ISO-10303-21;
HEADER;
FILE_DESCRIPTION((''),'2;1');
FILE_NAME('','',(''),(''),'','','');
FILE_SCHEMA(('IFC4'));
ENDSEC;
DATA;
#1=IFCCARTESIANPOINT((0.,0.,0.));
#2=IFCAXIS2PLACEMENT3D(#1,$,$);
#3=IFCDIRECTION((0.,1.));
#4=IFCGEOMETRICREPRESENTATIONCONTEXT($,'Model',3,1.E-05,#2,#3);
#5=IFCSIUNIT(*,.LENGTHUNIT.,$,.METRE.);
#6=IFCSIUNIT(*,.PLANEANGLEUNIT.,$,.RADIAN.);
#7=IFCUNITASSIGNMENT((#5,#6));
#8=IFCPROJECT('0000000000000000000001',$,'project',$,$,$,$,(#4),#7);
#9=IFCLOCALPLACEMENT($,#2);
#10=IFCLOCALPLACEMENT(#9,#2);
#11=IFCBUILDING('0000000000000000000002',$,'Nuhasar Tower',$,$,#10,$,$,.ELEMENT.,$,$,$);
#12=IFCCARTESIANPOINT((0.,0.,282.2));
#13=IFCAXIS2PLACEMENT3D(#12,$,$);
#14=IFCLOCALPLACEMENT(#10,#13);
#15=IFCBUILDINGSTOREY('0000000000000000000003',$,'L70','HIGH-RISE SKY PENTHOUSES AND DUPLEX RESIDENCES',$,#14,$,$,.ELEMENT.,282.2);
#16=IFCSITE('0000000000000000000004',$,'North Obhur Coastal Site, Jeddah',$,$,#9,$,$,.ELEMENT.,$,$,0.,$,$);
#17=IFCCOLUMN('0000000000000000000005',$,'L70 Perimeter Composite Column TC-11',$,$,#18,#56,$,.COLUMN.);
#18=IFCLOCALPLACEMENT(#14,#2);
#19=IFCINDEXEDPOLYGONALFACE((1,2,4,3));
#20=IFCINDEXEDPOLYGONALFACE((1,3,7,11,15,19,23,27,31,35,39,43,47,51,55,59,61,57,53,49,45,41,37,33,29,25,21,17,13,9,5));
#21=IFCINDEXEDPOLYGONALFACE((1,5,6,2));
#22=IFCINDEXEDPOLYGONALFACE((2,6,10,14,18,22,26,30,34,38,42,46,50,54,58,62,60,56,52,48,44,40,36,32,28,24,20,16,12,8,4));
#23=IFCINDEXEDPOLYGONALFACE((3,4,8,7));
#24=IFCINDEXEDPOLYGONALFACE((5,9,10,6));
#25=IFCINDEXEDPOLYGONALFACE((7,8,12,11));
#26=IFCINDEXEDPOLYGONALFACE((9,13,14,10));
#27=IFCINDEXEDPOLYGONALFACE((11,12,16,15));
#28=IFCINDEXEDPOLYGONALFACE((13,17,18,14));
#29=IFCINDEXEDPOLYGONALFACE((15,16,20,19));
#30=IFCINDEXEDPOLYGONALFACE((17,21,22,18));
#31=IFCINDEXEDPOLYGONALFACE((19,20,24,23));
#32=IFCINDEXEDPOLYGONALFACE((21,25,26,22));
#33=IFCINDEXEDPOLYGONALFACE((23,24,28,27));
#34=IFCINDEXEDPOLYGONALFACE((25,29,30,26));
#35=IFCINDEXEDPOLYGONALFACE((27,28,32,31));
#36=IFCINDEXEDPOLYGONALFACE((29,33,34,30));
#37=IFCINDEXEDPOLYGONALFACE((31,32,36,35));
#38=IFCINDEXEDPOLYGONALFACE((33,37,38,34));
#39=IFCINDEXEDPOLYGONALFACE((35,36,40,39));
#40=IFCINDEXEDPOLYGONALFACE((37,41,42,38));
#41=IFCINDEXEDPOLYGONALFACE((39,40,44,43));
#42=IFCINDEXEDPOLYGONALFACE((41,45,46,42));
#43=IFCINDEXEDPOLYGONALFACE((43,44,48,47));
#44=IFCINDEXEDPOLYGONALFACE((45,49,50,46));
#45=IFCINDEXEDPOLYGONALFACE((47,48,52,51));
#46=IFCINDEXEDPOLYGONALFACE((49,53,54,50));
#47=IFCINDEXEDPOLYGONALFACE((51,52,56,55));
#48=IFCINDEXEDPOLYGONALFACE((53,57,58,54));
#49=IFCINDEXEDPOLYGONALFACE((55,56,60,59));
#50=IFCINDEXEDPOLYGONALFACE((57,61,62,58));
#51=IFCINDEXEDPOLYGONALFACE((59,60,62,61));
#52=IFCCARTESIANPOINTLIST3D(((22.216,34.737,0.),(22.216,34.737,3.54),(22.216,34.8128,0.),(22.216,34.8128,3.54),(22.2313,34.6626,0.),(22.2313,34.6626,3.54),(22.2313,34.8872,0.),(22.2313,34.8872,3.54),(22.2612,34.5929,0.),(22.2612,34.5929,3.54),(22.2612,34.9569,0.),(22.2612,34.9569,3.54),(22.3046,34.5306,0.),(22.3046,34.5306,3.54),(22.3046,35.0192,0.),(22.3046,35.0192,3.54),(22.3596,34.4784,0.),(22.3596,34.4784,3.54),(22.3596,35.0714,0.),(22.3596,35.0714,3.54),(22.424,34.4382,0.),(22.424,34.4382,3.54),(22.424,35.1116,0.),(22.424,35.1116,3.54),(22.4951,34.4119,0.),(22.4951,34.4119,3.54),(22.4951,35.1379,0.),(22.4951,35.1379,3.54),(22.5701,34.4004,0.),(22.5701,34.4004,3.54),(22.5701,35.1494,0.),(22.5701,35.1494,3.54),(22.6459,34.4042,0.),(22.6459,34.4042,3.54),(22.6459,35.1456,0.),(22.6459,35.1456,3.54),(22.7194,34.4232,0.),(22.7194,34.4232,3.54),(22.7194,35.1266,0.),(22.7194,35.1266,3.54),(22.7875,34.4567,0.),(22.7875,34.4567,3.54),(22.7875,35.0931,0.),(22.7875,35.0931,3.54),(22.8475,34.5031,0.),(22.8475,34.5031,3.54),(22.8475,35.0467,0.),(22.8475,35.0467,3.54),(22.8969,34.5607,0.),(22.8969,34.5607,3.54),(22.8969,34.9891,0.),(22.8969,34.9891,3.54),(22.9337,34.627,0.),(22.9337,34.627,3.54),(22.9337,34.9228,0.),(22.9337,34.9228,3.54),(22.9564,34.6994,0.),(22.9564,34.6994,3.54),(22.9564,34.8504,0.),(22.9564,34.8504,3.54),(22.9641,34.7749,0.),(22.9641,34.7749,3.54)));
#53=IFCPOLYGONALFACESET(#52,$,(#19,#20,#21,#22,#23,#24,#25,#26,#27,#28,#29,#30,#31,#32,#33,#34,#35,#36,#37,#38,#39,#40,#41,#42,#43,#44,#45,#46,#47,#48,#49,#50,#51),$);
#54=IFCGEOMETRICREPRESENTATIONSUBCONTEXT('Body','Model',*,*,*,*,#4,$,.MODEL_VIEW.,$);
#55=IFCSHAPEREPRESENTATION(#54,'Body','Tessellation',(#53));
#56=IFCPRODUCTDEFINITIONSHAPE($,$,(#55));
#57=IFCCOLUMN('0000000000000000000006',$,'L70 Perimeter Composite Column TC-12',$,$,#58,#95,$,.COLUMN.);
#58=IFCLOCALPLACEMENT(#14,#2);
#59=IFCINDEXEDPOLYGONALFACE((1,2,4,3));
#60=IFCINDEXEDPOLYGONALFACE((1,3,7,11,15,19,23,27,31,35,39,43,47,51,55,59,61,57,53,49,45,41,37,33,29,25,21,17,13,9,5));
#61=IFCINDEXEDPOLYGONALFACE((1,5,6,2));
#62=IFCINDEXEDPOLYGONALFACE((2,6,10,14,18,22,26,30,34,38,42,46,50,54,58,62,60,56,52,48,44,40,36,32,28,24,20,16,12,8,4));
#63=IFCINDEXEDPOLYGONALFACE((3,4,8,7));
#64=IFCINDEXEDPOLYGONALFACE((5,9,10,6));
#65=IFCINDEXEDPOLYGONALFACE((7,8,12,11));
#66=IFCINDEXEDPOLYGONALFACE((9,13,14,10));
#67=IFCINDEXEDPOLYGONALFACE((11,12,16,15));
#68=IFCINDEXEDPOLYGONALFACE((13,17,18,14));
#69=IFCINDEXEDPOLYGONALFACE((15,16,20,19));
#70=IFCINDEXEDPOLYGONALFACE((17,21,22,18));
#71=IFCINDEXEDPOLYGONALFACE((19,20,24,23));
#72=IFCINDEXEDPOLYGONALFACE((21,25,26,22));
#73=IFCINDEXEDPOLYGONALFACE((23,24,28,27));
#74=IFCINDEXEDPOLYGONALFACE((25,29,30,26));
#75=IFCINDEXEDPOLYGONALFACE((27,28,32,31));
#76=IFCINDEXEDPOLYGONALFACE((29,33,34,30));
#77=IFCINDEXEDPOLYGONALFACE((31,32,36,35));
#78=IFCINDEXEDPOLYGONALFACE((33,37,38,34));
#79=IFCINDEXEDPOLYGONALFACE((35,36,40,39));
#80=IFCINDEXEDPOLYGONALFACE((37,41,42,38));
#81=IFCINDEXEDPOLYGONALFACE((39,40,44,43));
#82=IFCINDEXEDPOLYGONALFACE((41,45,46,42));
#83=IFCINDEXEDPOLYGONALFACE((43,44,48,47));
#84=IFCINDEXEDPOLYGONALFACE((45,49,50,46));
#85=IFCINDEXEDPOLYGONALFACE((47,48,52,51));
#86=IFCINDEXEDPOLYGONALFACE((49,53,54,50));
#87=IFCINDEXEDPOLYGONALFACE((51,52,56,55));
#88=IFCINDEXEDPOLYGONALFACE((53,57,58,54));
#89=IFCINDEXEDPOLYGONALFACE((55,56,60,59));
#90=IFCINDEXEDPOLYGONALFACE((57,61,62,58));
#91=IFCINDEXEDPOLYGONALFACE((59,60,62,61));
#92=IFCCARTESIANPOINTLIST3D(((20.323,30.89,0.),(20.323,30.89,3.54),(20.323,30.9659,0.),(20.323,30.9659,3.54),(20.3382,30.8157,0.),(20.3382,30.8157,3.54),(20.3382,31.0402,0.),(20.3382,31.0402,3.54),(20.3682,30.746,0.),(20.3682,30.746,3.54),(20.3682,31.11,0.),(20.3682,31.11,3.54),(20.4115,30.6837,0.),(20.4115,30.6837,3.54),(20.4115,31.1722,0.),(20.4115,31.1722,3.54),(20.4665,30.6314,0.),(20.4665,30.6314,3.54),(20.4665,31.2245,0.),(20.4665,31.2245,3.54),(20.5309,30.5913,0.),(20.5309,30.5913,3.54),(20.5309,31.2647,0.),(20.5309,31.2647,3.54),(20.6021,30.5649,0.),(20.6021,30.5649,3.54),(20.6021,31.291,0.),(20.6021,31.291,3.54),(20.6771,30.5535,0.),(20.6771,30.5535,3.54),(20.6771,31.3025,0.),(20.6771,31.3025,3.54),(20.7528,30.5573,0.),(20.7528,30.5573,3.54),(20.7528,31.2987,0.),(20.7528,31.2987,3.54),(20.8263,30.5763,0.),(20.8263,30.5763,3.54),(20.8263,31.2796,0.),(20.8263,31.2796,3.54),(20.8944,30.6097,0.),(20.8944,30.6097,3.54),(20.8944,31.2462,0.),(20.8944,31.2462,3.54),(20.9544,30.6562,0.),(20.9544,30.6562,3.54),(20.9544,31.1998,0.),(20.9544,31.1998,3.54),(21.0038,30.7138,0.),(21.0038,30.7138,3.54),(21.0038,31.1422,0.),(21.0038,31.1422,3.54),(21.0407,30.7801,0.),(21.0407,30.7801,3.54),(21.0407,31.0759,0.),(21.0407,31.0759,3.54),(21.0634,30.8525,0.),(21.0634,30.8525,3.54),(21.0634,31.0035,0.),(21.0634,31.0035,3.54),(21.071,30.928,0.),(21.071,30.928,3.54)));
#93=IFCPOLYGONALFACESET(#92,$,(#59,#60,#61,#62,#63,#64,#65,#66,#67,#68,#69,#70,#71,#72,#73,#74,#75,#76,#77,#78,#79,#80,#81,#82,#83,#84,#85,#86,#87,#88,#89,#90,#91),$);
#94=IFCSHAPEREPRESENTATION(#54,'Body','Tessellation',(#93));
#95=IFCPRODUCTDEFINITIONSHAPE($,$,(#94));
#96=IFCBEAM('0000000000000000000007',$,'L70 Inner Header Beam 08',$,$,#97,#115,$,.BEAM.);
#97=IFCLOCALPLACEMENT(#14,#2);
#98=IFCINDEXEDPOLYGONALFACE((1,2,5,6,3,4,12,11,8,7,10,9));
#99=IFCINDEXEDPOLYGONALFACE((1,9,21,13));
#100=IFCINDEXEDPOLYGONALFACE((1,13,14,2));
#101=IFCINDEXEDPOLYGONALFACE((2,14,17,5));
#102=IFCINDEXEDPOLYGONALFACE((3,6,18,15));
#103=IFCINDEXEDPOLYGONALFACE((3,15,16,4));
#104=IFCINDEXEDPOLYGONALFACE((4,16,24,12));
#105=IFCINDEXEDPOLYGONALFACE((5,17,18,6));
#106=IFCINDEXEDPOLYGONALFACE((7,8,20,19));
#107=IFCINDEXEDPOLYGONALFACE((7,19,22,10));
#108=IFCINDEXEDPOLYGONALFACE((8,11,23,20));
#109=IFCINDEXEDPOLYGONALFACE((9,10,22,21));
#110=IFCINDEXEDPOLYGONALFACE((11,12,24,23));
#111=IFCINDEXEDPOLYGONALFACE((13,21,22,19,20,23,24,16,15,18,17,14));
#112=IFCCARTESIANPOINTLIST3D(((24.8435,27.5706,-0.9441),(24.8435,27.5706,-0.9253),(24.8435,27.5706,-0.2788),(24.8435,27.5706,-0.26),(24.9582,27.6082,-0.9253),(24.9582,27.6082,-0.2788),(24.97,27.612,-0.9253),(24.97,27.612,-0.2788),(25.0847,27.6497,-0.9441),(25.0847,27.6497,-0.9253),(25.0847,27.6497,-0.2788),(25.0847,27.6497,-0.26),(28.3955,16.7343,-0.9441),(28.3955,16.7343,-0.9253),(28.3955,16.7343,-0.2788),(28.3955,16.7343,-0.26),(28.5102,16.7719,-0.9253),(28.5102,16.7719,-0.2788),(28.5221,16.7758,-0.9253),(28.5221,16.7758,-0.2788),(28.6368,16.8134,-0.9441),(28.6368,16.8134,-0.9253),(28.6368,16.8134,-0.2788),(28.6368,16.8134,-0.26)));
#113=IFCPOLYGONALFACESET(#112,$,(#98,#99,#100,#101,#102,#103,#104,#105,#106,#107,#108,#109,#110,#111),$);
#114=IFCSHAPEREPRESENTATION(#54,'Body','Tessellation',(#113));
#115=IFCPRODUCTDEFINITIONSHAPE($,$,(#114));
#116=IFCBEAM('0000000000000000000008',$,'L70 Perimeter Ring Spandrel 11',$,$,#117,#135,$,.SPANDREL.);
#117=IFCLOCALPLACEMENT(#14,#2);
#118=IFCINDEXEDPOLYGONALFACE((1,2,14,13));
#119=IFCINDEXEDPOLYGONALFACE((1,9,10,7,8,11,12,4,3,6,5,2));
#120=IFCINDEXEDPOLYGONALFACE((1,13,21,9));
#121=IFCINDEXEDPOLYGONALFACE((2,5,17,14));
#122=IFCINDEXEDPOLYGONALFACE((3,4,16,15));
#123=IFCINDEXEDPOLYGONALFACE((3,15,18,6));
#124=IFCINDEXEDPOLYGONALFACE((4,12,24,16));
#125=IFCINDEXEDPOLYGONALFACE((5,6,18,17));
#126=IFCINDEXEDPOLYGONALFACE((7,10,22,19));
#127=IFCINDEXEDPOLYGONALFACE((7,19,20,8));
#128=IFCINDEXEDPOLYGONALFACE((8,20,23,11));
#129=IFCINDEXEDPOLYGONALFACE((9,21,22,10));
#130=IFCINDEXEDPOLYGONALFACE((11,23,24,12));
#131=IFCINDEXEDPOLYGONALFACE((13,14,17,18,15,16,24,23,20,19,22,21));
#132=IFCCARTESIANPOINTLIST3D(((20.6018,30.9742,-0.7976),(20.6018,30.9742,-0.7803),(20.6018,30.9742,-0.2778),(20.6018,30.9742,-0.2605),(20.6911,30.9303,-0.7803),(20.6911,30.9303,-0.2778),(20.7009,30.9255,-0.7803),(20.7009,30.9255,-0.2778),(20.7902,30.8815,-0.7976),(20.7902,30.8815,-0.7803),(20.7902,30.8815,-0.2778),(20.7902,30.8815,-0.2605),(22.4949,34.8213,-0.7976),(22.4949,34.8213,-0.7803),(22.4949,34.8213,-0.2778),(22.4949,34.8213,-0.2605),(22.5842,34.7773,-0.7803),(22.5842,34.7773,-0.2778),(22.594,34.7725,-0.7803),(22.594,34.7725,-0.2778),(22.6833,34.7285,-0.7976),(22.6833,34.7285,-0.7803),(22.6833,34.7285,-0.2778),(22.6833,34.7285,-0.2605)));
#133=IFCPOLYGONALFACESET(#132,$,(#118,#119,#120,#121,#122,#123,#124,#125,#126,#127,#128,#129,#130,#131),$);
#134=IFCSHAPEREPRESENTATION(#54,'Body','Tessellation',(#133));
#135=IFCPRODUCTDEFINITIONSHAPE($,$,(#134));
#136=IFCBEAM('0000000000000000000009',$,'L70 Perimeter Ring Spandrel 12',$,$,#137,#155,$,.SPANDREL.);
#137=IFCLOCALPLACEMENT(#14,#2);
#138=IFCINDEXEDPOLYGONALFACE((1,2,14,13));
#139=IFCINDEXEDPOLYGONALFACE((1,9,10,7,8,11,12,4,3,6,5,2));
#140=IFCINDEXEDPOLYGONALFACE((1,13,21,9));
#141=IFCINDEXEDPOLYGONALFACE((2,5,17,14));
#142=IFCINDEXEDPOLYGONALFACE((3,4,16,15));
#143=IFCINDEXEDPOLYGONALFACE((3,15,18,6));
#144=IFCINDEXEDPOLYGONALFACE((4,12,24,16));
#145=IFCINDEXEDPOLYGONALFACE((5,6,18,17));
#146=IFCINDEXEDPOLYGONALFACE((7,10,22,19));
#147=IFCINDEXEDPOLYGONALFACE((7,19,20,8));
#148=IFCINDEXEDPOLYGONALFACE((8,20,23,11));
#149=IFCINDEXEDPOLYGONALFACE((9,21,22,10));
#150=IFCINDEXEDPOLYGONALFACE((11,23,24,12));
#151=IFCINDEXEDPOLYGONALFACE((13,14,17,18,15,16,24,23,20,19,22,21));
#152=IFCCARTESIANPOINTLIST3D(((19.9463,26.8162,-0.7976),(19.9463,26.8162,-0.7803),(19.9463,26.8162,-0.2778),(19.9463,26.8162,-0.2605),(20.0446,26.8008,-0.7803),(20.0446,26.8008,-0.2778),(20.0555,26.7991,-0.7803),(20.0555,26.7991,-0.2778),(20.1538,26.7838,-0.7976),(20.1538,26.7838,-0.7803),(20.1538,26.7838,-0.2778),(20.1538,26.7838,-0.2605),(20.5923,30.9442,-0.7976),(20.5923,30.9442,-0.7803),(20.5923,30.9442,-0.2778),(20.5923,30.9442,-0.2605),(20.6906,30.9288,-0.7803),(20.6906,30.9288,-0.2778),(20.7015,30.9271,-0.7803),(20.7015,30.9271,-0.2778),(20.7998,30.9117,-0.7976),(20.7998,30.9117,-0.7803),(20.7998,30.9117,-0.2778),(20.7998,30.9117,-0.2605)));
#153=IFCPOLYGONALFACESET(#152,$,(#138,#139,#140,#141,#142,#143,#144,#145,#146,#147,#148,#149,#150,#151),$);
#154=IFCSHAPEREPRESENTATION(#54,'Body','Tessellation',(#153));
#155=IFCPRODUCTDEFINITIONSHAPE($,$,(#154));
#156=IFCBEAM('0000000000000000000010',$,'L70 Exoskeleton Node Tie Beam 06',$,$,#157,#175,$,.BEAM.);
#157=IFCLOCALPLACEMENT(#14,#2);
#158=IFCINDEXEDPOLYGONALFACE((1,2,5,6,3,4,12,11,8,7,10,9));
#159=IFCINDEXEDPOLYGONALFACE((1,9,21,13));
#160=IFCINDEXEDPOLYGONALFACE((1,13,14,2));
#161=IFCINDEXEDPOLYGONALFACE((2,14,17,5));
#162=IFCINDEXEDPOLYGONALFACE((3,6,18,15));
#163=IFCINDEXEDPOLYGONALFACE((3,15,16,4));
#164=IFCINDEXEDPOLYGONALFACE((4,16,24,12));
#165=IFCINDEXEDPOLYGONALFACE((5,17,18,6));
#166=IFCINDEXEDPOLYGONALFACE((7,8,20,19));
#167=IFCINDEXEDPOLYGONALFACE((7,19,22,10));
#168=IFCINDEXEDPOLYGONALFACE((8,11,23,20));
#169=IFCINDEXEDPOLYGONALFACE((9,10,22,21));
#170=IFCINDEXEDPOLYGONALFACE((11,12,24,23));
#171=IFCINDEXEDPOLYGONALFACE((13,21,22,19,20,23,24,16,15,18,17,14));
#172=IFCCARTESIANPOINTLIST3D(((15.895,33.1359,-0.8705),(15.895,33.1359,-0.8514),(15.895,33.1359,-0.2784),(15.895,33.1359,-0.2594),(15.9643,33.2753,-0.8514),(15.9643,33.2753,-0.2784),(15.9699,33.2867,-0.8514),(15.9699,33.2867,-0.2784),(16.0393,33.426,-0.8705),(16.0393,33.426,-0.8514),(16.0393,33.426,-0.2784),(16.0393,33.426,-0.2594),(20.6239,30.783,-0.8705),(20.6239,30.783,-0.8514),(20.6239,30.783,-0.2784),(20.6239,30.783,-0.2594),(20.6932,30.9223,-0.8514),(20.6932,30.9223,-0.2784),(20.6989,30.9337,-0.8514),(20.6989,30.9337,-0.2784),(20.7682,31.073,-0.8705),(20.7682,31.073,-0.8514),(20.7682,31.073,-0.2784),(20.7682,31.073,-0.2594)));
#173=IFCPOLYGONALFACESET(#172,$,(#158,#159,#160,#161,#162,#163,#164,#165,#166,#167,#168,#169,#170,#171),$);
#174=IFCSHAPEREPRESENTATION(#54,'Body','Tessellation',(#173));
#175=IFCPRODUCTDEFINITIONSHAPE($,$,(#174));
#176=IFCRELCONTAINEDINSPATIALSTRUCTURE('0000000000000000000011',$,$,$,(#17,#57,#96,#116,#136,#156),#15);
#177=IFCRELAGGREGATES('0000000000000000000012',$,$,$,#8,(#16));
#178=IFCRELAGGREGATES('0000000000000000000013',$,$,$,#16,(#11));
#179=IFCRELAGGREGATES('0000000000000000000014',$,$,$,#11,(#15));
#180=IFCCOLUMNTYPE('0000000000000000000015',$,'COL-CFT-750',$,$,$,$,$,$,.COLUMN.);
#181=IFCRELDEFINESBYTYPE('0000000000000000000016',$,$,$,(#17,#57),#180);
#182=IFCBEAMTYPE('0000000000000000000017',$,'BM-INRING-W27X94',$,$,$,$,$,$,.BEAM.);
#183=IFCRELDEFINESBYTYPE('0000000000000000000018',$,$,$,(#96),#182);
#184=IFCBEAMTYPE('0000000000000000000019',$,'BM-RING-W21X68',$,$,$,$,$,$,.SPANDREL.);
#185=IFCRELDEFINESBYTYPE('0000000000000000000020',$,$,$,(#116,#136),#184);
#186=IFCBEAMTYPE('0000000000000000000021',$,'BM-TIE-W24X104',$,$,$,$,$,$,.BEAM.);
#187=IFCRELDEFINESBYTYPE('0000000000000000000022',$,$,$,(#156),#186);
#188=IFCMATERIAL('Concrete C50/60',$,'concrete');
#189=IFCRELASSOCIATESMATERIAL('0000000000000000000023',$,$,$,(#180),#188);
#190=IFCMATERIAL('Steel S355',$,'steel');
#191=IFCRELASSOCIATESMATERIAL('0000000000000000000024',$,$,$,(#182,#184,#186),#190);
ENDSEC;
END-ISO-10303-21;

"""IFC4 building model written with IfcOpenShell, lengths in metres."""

from ifc_helpers import new_model, si_unit, direction, frame, origin, origin_2d, place, context, subcontext, project, spatial, circle, i_section, extrude, material, material_profile, profile_set, type_object, element, save


model = new_model("IFC4")

# Units and contexts
model_context = context("Model", 3, precision=1e-05, world=origin(), true_north=direction((0.0, 1.0)))
body_context = subcontext(model_context, "Body", "Model", "MODEL_VIEW")
ifc_project = project(units=[si_unit("LENGTHUNIT", "METRE"), si_unit("PLANEANGLEUNIT", "RADIAN")], contexts=[model_context])

# Site, building, storey
site_placement = place(None, origin())
site = spatial("IfcSite", under=ifc_project, at=site_placement, Name="North Obhur Coastal Site, Jeddah", CompositionType="ELEMENT", RefElevation=0.0)
building_placement = place(site_placement, origin())
building = spatial("IfcBuilding", under=site, at=building_placement, Name="Nuhasar Tower", CompositionType="ELEMENT")
storey_placement = place(building_placement, frame((0.0, 0.0, 282.2)))
storey = spatial("IfcBuildingStorey", under=building, at=storey_placement, Name="L70", Description="HIGH-RISE SKY PENTHOUSES AND DUPLEX RESIDENCES", CompositionType="ELEMENT", Elevation=282.2)

# Columns
ifc_material_1 = material(Name="Concrete C50/60", Category="concrete")
ifc_material_profile_1 = material_profile(ifc_material_1, circle(Radius=0.375, at=origin_2d()), Name="CFT750")
ifc_profile_set_1 = profile_set([ifc_material_profile_1], Name="Concrete C50/60")
column_type = type_object("IfcColumnType", Name="COL-CFT-750", PredefinedType="COLUMN", material=ifc_profile_set_1)
for number, where, z_axis, x_axis, name in (
    (1, (22.5891, 34.7749, 0.0), (0.0, 0.0, 1.0), (1.0, 0.0, 0.0), "L70 Perimeter Composite Column TC-11"),
    (2, (20.696, 30.928, 0.0), (0.0, 0.0, 1.0), (1.0, 0.0, 0.0), "L70 Perimeter Composite Column TC-12"),
):
    element("IfcColumn", number, at=place(storey_placement, frame(where, z_axis=z_axis, x_axis=x_axis)), inside=storey, type_object=column_type, Name=name, PredefinedType="COLUMN", context=body_context, shape_type="SweptSolid", body=[
        extrude(circle(Radius=0.375, at=origin_2d()), origin(), (0.0, 0.0, 1.0), 3.54),
    ])

# Beams
ifc_material_2 = material(Name="Steel S355", Category="steel")
ifc_material_profile_2 = material_profile(ifc_material_2, i_section(OverallWidth=0.2539, OverallDepth=0.6841, WebThickness=0.0125, FlangeThickness=0.0188, at=origin_2d()), Name="W27X94")
ifc_profile_set_2 = profile_set([ifc_material_profile_2], Name="Steel S355")
beam_type_1 = type_object("IfcBeamType", Name="BM-INRING-W27X94", PredefinedType="BEAM", material=ifc_profile_set_2)
beam_1_placement = place(storey_placement, frame((24.9641, 27.6101, -0.6021), z_axis=(0.311484, -0.950251, 0.0), x_axis=(0.950251, 0.311484, 0.0)))
element("IfcBeam", 3, at=beam_1_placement, inside=storey, type_object=beam_type_1, Name="L70 Inner Header Beam 08", PredefinedType="BEAM", context=body_context, shape_type="SweptSolid", body=[
    extrude(i_section(OverallWidth=0.2539, OverallDepth=0.6841, WebThickness=0.0125, FlangeThickness=0.0188, at=origin_2d()), origin(), (0.0, 0.0, 1.0), 11.4036),
])
ifc_material_profile_3 = material_profile(ifc_material_2, i_section(OverallWidth=0.21, OverallDepth=0.5371, WebThickness=0.011, FlangeThickness=0.0173, at=origin_2d()), Name="W21X68")
ifc_profile_set_3 = profile_set([ifc_material_profile_3], Name="Steel S355")
beam_type_2 = type_object("IfcBeamType", Name="BM-RING-W21X68", PredefinedType="SPANDREL", material=ifc_profile_set_3)
beam_2_placement = place(storey_placement, frame((22.5891, 34.7749, -0.5291), z_axis=(-0.441533, -0.897245, 0.0), x_axis=(0.897245, -0.441533, 0.0)))
element("IfcBeam", 4, at=beam_2_placement, inside=storey, type_object=beam_type_2, Name="L70 Perimeter Ring Spandrel 11", PredefinedType="SPANDREL", context=body_context, shape_type="SweptSolid", body=[
    extrude(i_section(OverallWidth=0.21, OverallDepth=0.5371, WebThickness=0.011, FlangeThickness=0.0173, at=origin_2d()), origin(), (0.0, 0.0, 1.0), 4.2876),
])
beam_3_placement = place(storey_placement, frame((20.696, 30.928, -0.5291), z_axis=(-0.154612, -0.987975, 0.0), x_axis=(0.987975, -0.154612, 0.0)))
element("IfcBeam", 5, at=beam_3_placement, inside=storey, type_object=beam_type_2, Name="L70 Perimeter Ring Spandrel 12", PredefinedType="SPANDREL", context=body_context, shape_type="SweptSolid", body=[
    extrude(i_section(OverallWidth=0.21, OverallDepth=0.5371, WebThickness=0.011, FlangeThickness=0.0173, at=origin_2d()), origin(), (0.0, 0.0, 1.0), 4.1782),
])
ifc_material_profile_4 = material_profile(ifc_material_2, i_section(OverallWidth=0.324, OverallDepth=0.6111, WebThickness=0.0127, FlangeThickness=0.019, at=origin_2d()), Name="W24X104")
ifc_profile_set_4 = profile_set([ifc_material_profile_4], Name="Steel S355")
beam_type_3 = type_object("IfcBeamType", Name="BM-TIE-W24X104", PredefinedType="BEAM", material=ifc_profile_set_4)
beam_4_placement = place(storey_placement, frame((20.696, 30.928, -0.5649), z_axis=(-0.895294, 0.445475, 0.0), x_axis=(-0.445475, -0.895294, 0.0)))
element("IfcBeam", 6, at=beam_4_placement, inside=storey, type_object=beam_type_3, Name="L70 Exoskeleton Node Tie Beam 06", PredefinedType="BEAM", context=body_context, shape_type="SweptSolid", body=[
    extrude(i_section(OverallWidth=0.324, OverallDepth=0.6111, WebThickness=0.0127, FlangeThickness=0.019, at=origin_2d()), origin(), (0.0, 0.0, 1.0), 5.282),
])

save(model, "model.ifc")
